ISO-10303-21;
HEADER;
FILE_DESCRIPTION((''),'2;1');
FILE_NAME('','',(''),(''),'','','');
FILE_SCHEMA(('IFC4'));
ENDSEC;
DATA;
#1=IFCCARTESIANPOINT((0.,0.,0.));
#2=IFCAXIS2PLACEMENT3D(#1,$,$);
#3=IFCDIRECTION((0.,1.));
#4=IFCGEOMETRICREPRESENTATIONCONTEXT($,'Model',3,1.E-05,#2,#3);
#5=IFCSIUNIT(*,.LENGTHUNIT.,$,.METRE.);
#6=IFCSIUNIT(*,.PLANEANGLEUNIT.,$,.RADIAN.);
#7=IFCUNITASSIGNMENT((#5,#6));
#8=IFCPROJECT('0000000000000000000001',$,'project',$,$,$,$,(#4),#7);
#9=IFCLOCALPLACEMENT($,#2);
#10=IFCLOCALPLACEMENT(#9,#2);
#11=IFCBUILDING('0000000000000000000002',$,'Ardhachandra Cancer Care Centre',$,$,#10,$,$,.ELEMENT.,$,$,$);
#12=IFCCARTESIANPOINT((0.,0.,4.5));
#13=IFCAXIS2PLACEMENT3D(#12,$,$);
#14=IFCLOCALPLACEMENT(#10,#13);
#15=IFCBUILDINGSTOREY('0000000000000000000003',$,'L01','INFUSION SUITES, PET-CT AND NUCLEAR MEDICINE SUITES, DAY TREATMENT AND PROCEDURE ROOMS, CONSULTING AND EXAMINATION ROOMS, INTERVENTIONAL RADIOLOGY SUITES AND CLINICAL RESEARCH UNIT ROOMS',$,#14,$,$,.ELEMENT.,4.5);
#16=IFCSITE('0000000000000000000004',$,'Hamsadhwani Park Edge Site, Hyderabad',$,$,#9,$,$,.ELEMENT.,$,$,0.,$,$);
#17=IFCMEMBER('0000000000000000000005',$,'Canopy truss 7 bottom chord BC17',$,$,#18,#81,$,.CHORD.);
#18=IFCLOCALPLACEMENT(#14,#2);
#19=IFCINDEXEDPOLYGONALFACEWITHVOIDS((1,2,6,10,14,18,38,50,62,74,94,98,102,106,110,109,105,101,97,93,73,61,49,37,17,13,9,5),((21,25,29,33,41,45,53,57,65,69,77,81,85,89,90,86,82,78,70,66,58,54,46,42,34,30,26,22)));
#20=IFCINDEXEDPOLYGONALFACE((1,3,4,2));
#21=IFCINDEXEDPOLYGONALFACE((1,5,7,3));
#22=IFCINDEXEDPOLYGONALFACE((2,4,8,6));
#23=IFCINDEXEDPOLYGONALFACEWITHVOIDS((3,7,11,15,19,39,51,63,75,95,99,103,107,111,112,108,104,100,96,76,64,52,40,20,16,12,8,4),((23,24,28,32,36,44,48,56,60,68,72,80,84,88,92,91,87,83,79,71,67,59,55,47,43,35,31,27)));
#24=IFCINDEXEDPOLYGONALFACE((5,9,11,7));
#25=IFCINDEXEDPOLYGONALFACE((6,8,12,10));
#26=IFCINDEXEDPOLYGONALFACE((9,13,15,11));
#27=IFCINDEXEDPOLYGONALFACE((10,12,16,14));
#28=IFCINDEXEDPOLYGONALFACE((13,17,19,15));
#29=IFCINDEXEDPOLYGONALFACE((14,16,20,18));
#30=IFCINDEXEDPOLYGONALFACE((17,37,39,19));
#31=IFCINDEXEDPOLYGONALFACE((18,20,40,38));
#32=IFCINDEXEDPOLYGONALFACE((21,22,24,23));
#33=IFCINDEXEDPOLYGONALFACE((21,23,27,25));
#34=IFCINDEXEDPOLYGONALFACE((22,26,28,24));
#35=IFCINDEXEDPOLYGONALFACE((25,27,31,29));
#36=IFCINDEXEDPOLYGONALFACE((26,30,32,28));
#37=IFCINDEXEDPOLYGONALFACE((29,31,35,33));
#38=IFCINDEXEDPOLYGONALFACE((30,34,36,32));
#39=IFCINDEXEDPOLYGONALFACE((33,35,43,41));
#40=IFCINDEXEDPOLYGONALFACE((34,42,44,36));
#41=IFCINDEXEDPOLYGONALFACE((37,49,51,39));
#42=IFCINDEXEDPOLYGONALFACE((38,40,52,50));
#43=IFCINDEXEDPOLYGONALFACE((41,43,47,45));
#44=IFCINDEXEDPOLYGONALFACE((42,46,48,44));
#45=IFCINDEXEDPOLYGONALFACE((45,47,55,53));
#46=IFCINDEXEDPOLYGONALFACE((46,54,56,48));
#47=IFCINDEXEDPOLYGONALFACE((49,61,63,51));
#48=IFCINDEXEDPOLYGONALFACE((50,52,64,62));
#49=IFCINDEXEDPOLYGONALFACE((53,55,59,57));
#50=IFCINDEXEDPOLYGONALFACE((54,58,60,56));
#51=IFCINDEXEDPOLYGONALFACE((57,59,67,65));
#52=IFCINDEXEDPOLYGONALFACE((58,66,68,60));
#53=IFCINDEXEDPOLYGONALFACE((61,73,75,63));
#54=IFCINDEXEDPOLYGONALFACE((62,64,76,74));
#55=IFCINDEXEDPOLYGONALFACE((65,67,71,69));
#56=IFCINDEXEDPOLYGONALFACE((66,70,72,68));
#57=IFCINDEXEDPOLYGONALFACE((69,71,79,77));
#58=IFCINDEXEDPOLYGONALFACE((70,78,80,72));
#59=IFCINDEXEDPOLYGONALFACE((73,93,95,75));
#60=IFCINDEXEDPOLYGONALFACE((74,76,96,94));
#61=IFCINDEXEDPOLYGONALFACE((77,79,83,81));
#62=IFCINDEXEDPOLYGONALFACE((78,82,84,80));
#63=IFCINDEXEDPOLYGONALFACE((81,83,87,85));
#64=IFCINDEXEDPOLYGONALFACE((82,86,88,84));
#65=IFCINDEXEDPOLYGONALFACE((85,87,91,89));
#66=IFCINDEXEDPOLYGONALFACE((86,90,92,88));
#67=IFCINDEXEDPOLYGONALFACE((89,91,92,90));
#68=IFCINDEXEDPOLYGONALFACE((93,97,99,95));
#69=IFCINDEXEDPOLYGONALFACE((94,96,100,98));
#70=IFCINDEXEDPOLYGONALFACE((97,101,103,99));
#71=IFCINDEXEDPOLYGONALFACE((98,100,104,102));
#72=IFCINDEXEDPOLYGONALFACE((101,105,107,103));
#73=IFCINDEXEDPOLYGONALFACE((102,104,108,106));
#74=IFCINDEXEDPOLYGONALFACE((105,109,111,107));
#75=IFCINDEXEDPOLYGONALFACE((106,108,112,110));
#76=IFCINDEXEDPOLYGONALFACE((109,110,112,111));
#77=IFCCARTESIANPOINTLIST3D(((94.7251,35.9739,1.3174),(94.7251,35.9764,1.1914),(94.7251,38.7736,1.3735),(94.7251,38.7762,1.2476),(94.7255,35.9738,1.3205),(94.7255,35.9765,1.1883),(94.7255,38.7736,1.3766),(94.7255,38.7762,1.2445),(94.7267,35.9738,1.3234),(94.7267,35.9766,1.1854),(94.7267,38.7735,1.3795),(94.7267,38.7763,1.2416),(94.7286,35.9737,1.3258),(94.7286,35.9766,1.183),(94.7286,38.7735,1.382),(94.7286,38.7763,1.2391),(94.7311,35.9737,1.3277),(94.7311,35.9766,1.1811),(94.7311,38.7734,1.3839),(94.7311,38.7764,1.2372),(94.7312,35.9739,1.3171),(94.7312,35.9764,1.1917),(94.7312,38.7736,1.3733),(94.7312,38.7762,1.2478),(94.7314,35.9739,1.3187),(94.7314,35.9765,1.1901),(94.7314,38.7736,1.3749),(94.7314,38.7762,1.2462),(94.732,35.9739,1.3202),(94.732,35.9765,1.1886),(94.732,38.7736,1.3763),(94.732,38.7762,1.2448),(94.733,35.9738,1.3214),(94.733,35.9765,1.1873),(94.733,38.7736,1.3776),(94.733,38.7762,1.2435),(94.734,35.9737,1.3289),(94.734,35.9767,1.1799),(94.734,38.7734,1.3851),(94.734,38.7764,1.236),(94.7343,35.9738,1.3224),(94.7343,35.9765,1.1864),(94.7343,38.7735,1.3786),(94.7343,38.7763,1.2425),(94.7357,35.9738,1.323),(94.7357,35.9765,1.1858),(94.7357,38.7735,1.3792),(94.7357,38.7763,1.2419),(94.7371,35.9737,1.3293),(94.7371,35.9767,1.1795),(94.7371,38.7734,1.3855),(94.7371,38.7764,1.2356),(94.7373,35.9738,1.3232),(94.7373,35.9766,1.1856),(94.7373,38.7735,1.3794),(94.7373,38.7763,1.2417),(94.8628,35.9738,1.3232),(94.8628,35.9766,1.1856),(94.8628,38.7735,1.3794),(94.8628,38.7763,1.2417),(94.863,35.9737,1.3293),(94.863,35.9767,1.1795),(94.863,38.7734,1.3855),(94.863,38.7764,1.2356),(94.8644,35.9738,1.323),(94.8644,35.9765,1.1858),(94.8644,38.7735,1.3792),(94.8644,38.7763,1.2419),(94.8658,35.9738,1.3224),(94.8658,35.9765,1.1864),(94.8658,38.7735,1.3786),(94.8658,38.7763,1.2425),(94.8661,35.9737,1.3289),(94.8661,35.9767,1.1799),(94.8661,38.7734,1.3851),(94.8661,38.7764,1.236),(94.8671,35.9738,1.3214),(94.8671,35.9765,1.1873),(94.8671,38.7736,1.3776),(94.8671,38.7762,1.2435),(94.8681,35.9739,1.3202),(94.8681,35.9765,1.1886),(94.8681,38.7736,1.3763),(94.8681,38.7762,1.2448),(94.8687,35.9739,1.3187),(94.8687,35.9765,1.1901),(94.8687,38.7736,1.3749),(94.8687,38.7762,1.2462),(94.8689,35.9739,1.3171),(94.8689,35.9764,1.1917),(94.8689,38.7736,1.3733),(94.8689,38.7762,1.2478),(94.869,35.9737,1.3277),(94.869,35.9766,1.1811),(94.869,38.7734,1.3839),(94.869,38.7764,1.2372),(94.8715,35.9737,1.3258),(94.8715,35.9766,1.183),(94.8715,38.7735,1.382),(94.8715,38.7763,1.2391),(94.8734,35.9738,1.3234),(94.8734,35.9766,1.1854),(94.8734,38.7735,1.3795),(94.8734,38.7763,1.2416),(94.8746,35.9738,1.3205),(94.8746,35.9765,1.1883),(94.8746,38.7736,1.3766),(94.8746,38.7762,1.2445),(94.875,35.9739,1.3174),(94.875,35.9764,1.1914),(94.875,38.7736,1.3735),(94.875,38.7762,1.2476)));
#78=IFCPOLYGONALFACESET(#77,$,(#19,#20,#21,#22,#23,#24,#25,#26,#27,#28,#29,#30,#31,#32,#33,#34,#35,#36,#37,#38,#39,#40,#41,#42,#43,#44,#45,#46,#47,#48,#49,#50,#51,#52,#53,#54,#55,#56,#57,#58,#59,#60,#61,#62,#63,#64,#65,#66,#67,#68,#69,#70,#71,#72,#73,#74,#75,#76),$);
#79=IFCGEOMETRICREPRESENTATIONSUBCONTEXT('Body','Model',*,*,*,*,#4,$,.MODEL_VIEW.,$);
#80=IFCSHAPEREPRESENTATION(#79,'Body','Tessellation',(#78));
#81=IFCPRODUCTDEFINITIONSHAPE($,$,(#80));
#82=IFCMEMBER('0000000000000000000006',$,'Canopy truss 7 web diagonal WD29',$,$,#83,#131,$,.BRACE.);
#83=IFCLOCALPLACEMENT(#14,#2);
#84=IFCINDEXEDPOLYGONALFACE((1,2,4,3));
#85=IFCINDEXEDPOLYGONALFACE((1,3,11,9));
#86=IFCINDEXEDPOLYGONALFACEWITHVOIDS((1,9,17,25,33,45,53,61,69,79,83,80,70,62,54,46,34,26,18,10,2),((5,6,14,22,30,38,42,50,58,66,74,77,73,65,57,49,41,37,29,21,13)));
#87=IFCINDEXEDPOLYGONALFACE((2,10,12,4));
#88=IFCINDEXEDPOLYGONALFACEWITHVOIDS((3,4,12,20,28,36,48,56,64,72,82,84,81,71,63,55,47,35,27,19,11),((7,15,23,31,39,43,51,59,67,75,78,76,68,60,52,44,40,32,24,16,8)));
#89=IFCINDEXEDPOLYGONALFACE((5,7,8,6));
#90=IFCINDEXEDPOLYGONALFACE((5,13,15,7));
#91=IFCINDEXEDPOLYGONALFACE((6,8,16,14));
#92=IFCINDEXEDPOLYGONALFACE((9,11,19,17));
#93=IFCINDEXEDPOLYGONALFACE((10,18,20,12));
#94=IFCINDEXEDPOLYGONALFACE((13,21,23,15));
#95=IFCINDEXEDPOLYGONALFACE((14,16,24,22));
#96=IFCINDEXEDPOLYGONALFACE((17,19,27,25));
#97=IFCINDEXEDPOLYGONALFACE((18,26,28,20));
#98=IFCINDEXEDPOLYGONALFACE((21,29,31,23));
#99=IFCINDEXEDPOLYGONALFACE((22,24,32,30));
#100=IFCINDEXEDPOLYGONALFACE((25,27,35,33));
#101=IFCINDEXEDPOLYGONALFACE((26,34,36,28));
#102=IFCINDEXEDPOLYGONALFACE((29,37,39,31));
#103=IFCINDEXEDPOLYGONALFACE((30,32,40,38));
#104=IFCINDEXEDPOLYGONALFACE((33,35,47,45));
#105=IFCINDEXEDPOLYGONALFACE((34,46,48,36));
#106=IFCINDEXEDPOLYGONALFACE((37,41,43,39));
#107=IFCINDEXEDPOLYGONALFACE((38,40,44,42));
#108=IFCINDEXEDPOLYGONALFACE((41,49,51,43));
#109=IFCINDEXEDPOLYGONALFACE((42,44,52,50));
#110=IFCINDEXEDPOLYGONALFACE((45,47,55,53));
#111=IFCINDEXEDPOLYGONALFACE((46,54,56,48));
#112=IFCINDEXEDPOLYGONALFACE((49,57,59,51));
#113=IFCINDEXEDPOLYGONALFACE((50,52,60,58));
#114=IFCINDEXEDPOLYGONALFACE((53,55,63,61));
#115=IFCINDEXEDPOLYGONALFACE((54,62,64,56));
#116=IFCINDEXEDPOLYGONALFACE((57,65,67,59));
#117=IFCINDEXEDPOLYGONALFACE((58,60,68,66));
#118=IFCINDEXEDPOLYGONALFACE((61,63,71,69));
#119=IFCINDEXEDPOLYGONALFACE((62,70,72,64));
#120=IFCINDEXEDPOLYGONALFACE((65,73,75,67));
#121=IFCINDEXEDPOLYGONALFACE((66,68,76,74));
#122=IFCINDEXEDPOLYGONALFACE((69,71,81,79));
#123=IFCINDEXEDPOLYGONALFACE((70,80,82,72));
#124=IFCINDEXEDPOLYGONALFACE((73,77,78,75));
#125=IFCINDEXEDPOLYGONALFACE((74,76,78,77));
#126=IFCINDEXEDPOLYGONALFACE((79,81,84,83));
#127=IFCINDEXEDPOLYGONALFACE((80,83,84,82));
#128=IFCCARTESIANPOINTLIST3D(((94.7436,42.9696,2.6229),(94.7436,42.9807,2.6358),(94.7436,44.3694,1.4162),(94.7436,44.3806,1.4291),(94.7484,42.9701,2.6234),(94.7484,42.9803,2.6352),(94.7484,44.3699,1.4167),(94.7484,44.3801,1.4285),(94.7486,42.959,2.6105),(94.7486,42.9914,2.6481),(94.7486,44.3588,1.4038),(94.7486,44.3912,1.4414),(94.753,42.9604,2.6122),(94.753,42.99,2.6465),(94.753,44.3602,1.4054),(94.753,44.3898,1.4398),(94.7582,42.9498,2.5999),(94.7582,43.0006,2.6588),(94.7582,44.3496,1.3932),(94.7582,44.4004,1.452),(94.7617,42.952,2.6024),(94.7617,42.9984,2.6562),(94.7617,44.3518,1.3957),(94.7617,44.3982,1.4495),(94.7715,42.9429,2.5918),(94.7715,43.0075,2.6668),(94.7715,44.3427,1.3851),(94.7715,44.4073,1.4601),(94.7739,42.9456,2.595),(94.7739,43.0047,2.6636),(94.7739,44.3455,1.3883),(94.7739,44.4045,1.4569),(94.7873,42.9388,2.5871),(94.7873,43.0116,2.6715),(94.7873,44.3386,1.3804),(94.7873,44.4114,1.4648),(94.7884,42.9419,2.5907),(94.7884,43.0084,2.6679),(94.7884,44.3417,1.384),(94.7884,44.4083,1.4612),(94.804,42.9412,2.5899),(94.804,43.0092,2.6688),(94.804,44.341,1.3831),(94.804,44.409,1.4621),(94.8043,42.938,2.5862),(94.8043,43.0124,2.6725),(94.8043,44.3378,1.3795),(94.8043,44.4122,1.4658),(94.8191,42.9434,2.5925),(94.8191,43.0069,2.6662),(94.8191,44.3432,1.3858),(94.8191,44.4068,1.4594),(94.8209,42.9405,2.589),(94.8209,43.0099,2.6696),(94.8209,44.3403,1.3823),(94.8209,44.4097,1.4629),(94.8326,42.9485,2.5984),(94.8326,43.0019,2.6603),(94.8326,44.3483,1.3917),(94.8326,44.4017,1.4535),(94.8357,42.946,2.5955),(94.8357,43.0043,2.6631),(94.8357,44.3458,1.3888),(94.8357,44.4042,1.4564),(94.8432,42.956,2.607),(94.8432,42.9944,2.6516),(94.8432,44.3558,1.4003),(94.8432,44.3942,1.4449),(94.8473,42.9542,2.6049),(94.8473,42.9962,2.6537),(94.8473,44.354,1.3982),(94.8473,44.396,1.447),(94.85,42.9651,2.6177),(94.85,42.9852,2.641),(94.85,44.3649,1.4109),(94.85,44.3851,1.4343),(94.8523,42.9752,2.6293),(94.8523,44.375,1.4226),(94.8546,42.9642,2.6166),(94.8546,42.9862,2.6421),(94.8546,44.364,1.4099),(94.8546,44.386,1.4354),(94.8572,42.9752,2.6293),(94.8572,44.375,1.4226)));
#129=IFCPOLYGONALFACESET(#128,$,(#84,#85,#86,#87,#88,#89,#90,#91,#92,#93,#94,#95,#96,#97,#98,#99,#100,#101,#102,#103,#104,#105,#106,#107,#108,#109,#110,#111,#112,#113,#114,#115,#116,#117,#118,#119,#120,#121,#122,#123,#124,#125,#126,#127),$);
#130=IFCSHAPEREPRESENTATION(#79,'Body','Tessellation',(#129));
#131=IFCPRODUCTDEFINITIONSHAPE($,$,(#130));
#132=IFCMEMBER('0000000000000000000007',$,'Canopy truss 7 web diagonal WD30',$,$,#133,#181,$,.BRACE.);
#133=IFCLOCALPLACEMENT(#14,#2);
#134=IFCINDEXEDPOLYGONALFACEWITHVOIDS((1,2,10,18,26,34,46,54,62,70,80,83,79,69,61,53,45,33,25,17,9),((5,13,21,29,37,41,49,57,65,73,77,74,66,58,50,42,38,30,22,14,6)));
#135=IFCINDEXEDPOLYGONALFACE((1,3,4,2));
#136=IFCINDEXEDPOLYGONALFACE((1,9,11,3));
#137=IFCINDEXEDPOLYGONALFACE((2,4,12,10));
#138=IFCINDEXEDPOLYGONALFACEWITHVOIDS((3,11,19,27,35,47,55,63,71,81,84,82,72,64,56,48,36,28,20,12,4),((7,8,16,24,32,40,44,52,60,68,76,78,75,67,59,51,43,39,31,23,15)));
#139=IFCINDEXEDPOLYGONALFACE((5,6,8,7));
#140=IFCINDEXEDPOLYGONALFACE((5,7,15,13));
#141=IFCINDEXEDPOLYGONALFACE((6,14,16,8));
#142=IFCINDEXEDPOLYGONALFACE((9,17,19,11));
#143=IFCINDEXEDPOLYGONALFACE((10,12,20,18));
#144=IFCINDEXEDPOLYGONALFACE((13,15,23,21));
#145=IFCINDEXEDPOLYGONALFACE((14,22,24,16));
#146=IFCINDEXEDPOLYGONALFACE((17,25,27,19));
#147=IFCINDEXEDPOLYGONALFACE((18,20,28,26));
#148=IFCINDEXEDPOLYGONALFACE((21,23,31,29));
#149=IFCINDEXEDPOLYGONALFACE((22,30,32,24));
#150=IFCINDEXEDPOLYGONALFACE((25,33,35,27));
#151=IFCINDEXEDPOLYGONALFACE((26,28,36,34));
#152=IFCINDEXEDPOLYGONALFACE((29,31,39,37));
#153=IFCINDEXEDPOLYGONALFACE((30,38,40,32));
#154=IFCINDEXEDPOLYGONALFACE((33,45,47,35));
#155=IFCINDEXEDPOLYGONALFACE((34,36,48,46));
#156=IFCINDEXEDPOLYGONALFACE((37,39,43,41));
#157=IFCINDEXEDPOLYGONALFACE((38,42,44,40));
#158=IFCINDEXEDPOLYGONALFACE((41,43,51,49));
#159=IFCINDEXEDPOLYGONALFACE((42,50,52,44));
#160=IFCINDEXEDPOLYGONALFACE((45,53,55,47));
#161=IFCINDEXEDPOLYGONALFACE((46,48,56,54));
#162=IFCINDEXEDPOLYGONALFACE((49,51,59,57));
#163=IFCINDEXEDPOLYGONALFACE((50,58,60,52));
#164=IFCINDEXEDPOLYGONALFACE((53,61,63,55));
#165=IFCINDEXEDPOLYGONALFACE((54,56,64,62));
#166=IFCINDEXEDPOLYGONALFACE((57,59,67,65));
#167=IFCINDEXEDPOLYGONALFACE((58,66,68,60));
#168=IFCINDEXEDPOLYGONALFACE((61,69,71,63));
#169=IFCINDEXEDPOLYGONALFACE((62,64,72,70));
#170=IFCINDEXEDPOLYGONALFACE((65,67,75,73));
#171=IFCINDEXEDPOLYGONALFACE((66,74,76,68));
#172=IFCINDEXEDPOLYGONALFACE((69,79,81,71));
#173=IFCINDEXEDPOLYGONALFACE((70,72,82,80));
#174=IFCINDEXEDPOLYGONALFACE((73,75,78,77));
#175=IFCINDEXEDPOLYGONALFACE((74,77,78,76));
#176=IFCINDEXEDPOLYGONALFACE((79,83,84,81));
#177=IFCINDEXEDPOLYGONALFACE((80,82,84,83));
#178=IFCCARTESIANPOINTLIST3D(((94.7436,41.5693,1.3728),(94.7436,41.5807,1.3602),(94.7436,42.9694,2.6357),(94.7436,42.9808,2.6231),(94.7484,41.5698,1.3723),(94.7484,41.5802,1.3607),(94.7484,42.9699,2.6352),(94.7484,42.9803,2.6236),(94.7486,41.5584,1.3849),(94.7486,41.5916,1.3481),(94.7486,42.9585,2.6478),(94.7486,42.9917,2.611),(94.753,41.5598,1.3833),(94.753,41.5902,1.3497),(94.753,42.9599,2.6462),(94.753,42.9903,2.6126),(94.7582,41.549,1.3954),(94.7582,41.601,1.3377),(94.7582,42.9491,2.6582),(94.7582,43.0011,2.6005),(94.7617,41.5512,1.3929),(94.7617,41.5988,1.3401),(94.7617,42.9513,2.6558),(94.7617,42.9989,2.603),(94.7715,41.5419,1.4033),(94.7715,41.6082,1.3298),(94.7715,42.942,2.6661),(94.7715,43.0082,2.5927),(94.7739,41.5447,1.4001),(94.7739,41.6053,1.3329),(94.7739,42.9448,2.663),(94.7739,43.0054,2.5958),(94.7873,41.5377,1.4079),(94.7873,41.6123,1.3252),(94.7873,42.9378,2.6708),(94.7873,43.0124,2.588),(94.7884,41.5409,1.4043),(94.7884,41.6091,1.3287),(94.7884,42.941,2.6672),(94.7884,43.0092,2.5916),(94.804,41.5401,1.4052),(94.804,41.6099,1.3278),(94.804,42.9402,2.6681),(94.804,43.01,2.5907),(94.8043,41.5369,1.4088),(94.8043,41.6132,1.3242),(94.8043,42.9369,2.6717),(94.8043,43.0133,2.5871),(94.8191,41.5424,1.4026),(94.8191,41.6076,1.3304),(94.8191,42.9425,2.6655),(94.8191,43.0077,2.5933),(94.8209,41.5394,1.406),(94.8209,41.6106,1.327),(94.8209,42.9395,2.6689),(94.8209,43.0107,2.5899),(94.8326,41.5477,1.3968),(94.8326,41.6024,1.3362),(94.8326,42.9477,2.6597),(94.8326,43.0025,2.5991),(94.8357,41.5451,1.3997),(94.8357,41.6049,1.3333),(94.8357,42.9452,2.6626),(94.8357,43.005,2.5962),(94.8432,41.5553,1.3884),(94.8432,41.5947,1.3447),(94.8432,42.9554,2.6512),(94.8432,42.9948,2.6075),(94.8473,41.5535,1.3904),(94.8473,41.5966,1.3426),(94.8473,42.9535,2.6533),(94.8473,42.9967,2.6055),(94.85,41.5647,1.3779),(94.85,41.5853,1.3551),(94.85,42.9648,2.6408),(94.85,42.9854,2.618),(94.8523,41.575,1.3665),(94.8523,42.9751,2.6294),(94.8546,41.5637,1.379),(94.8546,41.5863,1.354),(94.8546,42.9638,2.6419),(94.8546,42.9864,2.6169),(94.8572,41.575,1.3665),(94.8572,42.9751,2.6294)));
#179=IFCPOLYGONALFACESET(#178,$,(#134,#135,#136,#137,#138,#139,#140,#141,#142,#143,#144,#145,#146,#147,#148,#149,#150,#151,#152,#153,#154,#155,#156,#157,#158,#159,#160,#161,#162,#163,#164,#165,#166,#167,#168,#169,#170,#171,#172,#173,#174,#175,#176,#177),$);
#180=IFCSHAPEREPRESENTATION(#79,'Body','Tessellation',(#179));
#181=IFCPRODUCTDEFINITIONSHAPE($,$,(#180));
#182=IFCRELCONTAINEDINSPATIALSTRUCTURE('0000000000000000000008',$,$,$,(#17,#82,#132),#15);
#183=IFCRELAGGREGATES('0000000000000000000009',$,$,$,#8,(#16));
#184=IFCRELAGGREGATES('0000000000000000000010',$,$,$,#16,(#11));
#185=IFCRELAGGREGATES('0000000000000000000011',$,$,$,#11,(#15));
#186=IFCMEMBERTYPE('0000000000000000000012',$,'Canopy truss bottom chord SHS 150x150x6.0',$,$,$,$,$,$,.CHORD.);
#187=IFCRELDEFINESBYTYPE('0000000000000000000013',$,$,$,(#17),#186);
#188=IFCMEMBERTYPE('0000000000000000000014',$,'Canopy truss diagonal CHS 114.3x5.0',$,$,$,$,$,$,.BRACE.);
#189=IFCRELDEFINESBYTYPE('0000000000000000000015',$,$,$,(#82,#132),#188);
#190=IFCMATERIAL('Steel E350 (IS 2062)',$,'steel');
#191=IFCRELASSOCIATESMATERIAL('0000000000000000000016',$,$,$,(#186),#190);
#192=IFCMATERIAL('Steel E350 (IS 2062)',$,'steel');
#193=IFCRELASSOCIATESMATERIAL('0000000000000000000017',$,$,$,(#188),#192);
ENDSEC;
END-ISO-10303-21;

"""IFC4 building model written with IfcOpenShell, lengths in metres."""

from ifc_helpers import new_model, si_unit, direction, frame, origin, origin_2d, place, context, subcontext, project, spatial, hollow_rectangle, hollow_circle, extrude, material, material_profile, profile_set, type_object, element, save


model = new_model("IFC4")

# Units and contexts
model_context = context("Model", 3, precision=1e-05, world=origin(), true_north=direction((0.0, 1.0)))
body_context = subcontext(model_context, "Body", "Model", "MODEL_VIEW")
ifc_project = project(units=[si_unit("LENGTHUNIT", "METRE"), si_unit("PLANEANGLEUNIT", "RADIAN")], contexts=[model_context])

# Site, building, storey
site_placement = place(None, origin())
site = spatial("IfcSite", under=ifc_project, at=site_placement, Name="Hamsadhwani Park Edge Site, Hyderabad", CompositionType="ELEMENT", RefElevation=0.0)
building_placement = place(site_placement, origin())
building = spatial("IfcBuilding", under=site, at=building_placement, Name="Ardhachandra Cancer Care Centre", CompositionType="ELEMENT")
storey_placement = place(building_placement, frame((0.0, 0.0, 4.5)))
storey = spatial("IfcBuildingStorey", under=building, at=storey_placement, Name="L01", Description="INFUSION SUITES, PET-CT AND NUCLEAR MEDICINE SUITES, DAY TREATMENT AND PROCEDURE ROOMS, CONSULTING AND EXAMINATION ROOMS, INTERVENTIONAL RADIOLOGY SUITES AND CLINICAL RESEARCH UNIT ROOMS", CompositionType="ELEMENT", Elevation=4.5)

# Members
ifc_material_1 = material(Name="Steel E350 (IS 2062)", Category="steel")
ifc_material_profile_1 = material_profile(ifc_material_1, hollow_rectangle(XDim=0.1499, YDim=0.1499, WallThickness=0.0061, InnerFilletRadius=0.0061, OuterFilletRadius=0.012, at=origin_2d()), Name="SHS 150x150x6.0")
ifc_profile_set_1 = profile_set([ifc_material_profile_1], Name="Steel E350 (IS 2062)")
member_type_1 = type_object("IfcMemberType", Name="Canopy truss bottom chord SHS 150x150x6.0", PredefinedType="CHORD", material=ifc_profile_set_1)
member_1_placement = place(storey_placement, frame((94.8, 38.7749, 1.3105), z_axis=(0.0, -0.999799, -0.020052), x_axis=(1.0, 0.0, 0.0)))
element("IfcMember", 1, at=member_1_placement, inside=storey, type_object=member_type_1, Name="Canopy truss 7 bottom chord BC17", PredefinedType="CHORD", context=body_context, shape_type="SweptSolid", body=[
    extrude(hollow_rectangle(XDim=0.1499, YDim=0.1499, WallThickness=0.0061, InnerFilletRadius=0.0061, OuterFilletRadius=0.012, at=origin_2d()), origin(), (0.0, 0.0, 1.0), 2.8003),
])
ifc_material_2 = material(Name="Steel E350 (IS 2062)", Category="steel")
ifc_material_profile_2 = material_profile(ifc_material_2, hollow_circle(Radius=0.0571, WallThickness=0.0049, at=origin_2d()), Name="CHS 114.3x5.0")
ifc_profile_set_2 = profile_set([ifc_material_profile_2], Name="Steel E350 (IS 2062)")
member_type_2 = type_object("IfcMemberType", Name="Canopy truss diagonal CHS 114.3x5.0", PredefinedType="BRACE", material=ifc_profile_set_2)
member_2_placement = place(storey_placement, frame((94.8, 44.375, 1.4226), z_axis=(0.0, -0.757417, 0.652932), x_axis=(1.0, 0.0, 0.0)))
element("IfcMember", 2, at=member_2_placement, inside=storey, type_object=member_type_2, Name="Canopy truss 7 web diagonal WD29", PredefinedType="BRACE", context=body_context, shape_type="SweptSolid", body=[
    extrude(hollow_circle(Radius=0.0571, WallThickness=0.0049, at=origin_2d()), origin(), (0.0, 0.0, 1.0), 1.8481),
])
member_3_placement = place(storey_placement, frame((94.8, 42.9751, 2.6294), z_axis=(0.0, -0.742553, -0.669787), x_axis=(1.0, 0.0, 0.0)))
element("IfcMember", 3, at=member_3_placement, inside=storey, type_object=member_type_2, Name="Canopy truss 7 web diagonal WD30", PredefinedType="BRACE", context=body_context, shape_type="SweptSolid", body=[
    extrude(hollow_circle(Radius=0.0571, WallThickness=0.0049, at=origin_2d()), origin(), (0.0, 0.0, 1.0), 1.8855),
])

save(model, "model.ifc")
